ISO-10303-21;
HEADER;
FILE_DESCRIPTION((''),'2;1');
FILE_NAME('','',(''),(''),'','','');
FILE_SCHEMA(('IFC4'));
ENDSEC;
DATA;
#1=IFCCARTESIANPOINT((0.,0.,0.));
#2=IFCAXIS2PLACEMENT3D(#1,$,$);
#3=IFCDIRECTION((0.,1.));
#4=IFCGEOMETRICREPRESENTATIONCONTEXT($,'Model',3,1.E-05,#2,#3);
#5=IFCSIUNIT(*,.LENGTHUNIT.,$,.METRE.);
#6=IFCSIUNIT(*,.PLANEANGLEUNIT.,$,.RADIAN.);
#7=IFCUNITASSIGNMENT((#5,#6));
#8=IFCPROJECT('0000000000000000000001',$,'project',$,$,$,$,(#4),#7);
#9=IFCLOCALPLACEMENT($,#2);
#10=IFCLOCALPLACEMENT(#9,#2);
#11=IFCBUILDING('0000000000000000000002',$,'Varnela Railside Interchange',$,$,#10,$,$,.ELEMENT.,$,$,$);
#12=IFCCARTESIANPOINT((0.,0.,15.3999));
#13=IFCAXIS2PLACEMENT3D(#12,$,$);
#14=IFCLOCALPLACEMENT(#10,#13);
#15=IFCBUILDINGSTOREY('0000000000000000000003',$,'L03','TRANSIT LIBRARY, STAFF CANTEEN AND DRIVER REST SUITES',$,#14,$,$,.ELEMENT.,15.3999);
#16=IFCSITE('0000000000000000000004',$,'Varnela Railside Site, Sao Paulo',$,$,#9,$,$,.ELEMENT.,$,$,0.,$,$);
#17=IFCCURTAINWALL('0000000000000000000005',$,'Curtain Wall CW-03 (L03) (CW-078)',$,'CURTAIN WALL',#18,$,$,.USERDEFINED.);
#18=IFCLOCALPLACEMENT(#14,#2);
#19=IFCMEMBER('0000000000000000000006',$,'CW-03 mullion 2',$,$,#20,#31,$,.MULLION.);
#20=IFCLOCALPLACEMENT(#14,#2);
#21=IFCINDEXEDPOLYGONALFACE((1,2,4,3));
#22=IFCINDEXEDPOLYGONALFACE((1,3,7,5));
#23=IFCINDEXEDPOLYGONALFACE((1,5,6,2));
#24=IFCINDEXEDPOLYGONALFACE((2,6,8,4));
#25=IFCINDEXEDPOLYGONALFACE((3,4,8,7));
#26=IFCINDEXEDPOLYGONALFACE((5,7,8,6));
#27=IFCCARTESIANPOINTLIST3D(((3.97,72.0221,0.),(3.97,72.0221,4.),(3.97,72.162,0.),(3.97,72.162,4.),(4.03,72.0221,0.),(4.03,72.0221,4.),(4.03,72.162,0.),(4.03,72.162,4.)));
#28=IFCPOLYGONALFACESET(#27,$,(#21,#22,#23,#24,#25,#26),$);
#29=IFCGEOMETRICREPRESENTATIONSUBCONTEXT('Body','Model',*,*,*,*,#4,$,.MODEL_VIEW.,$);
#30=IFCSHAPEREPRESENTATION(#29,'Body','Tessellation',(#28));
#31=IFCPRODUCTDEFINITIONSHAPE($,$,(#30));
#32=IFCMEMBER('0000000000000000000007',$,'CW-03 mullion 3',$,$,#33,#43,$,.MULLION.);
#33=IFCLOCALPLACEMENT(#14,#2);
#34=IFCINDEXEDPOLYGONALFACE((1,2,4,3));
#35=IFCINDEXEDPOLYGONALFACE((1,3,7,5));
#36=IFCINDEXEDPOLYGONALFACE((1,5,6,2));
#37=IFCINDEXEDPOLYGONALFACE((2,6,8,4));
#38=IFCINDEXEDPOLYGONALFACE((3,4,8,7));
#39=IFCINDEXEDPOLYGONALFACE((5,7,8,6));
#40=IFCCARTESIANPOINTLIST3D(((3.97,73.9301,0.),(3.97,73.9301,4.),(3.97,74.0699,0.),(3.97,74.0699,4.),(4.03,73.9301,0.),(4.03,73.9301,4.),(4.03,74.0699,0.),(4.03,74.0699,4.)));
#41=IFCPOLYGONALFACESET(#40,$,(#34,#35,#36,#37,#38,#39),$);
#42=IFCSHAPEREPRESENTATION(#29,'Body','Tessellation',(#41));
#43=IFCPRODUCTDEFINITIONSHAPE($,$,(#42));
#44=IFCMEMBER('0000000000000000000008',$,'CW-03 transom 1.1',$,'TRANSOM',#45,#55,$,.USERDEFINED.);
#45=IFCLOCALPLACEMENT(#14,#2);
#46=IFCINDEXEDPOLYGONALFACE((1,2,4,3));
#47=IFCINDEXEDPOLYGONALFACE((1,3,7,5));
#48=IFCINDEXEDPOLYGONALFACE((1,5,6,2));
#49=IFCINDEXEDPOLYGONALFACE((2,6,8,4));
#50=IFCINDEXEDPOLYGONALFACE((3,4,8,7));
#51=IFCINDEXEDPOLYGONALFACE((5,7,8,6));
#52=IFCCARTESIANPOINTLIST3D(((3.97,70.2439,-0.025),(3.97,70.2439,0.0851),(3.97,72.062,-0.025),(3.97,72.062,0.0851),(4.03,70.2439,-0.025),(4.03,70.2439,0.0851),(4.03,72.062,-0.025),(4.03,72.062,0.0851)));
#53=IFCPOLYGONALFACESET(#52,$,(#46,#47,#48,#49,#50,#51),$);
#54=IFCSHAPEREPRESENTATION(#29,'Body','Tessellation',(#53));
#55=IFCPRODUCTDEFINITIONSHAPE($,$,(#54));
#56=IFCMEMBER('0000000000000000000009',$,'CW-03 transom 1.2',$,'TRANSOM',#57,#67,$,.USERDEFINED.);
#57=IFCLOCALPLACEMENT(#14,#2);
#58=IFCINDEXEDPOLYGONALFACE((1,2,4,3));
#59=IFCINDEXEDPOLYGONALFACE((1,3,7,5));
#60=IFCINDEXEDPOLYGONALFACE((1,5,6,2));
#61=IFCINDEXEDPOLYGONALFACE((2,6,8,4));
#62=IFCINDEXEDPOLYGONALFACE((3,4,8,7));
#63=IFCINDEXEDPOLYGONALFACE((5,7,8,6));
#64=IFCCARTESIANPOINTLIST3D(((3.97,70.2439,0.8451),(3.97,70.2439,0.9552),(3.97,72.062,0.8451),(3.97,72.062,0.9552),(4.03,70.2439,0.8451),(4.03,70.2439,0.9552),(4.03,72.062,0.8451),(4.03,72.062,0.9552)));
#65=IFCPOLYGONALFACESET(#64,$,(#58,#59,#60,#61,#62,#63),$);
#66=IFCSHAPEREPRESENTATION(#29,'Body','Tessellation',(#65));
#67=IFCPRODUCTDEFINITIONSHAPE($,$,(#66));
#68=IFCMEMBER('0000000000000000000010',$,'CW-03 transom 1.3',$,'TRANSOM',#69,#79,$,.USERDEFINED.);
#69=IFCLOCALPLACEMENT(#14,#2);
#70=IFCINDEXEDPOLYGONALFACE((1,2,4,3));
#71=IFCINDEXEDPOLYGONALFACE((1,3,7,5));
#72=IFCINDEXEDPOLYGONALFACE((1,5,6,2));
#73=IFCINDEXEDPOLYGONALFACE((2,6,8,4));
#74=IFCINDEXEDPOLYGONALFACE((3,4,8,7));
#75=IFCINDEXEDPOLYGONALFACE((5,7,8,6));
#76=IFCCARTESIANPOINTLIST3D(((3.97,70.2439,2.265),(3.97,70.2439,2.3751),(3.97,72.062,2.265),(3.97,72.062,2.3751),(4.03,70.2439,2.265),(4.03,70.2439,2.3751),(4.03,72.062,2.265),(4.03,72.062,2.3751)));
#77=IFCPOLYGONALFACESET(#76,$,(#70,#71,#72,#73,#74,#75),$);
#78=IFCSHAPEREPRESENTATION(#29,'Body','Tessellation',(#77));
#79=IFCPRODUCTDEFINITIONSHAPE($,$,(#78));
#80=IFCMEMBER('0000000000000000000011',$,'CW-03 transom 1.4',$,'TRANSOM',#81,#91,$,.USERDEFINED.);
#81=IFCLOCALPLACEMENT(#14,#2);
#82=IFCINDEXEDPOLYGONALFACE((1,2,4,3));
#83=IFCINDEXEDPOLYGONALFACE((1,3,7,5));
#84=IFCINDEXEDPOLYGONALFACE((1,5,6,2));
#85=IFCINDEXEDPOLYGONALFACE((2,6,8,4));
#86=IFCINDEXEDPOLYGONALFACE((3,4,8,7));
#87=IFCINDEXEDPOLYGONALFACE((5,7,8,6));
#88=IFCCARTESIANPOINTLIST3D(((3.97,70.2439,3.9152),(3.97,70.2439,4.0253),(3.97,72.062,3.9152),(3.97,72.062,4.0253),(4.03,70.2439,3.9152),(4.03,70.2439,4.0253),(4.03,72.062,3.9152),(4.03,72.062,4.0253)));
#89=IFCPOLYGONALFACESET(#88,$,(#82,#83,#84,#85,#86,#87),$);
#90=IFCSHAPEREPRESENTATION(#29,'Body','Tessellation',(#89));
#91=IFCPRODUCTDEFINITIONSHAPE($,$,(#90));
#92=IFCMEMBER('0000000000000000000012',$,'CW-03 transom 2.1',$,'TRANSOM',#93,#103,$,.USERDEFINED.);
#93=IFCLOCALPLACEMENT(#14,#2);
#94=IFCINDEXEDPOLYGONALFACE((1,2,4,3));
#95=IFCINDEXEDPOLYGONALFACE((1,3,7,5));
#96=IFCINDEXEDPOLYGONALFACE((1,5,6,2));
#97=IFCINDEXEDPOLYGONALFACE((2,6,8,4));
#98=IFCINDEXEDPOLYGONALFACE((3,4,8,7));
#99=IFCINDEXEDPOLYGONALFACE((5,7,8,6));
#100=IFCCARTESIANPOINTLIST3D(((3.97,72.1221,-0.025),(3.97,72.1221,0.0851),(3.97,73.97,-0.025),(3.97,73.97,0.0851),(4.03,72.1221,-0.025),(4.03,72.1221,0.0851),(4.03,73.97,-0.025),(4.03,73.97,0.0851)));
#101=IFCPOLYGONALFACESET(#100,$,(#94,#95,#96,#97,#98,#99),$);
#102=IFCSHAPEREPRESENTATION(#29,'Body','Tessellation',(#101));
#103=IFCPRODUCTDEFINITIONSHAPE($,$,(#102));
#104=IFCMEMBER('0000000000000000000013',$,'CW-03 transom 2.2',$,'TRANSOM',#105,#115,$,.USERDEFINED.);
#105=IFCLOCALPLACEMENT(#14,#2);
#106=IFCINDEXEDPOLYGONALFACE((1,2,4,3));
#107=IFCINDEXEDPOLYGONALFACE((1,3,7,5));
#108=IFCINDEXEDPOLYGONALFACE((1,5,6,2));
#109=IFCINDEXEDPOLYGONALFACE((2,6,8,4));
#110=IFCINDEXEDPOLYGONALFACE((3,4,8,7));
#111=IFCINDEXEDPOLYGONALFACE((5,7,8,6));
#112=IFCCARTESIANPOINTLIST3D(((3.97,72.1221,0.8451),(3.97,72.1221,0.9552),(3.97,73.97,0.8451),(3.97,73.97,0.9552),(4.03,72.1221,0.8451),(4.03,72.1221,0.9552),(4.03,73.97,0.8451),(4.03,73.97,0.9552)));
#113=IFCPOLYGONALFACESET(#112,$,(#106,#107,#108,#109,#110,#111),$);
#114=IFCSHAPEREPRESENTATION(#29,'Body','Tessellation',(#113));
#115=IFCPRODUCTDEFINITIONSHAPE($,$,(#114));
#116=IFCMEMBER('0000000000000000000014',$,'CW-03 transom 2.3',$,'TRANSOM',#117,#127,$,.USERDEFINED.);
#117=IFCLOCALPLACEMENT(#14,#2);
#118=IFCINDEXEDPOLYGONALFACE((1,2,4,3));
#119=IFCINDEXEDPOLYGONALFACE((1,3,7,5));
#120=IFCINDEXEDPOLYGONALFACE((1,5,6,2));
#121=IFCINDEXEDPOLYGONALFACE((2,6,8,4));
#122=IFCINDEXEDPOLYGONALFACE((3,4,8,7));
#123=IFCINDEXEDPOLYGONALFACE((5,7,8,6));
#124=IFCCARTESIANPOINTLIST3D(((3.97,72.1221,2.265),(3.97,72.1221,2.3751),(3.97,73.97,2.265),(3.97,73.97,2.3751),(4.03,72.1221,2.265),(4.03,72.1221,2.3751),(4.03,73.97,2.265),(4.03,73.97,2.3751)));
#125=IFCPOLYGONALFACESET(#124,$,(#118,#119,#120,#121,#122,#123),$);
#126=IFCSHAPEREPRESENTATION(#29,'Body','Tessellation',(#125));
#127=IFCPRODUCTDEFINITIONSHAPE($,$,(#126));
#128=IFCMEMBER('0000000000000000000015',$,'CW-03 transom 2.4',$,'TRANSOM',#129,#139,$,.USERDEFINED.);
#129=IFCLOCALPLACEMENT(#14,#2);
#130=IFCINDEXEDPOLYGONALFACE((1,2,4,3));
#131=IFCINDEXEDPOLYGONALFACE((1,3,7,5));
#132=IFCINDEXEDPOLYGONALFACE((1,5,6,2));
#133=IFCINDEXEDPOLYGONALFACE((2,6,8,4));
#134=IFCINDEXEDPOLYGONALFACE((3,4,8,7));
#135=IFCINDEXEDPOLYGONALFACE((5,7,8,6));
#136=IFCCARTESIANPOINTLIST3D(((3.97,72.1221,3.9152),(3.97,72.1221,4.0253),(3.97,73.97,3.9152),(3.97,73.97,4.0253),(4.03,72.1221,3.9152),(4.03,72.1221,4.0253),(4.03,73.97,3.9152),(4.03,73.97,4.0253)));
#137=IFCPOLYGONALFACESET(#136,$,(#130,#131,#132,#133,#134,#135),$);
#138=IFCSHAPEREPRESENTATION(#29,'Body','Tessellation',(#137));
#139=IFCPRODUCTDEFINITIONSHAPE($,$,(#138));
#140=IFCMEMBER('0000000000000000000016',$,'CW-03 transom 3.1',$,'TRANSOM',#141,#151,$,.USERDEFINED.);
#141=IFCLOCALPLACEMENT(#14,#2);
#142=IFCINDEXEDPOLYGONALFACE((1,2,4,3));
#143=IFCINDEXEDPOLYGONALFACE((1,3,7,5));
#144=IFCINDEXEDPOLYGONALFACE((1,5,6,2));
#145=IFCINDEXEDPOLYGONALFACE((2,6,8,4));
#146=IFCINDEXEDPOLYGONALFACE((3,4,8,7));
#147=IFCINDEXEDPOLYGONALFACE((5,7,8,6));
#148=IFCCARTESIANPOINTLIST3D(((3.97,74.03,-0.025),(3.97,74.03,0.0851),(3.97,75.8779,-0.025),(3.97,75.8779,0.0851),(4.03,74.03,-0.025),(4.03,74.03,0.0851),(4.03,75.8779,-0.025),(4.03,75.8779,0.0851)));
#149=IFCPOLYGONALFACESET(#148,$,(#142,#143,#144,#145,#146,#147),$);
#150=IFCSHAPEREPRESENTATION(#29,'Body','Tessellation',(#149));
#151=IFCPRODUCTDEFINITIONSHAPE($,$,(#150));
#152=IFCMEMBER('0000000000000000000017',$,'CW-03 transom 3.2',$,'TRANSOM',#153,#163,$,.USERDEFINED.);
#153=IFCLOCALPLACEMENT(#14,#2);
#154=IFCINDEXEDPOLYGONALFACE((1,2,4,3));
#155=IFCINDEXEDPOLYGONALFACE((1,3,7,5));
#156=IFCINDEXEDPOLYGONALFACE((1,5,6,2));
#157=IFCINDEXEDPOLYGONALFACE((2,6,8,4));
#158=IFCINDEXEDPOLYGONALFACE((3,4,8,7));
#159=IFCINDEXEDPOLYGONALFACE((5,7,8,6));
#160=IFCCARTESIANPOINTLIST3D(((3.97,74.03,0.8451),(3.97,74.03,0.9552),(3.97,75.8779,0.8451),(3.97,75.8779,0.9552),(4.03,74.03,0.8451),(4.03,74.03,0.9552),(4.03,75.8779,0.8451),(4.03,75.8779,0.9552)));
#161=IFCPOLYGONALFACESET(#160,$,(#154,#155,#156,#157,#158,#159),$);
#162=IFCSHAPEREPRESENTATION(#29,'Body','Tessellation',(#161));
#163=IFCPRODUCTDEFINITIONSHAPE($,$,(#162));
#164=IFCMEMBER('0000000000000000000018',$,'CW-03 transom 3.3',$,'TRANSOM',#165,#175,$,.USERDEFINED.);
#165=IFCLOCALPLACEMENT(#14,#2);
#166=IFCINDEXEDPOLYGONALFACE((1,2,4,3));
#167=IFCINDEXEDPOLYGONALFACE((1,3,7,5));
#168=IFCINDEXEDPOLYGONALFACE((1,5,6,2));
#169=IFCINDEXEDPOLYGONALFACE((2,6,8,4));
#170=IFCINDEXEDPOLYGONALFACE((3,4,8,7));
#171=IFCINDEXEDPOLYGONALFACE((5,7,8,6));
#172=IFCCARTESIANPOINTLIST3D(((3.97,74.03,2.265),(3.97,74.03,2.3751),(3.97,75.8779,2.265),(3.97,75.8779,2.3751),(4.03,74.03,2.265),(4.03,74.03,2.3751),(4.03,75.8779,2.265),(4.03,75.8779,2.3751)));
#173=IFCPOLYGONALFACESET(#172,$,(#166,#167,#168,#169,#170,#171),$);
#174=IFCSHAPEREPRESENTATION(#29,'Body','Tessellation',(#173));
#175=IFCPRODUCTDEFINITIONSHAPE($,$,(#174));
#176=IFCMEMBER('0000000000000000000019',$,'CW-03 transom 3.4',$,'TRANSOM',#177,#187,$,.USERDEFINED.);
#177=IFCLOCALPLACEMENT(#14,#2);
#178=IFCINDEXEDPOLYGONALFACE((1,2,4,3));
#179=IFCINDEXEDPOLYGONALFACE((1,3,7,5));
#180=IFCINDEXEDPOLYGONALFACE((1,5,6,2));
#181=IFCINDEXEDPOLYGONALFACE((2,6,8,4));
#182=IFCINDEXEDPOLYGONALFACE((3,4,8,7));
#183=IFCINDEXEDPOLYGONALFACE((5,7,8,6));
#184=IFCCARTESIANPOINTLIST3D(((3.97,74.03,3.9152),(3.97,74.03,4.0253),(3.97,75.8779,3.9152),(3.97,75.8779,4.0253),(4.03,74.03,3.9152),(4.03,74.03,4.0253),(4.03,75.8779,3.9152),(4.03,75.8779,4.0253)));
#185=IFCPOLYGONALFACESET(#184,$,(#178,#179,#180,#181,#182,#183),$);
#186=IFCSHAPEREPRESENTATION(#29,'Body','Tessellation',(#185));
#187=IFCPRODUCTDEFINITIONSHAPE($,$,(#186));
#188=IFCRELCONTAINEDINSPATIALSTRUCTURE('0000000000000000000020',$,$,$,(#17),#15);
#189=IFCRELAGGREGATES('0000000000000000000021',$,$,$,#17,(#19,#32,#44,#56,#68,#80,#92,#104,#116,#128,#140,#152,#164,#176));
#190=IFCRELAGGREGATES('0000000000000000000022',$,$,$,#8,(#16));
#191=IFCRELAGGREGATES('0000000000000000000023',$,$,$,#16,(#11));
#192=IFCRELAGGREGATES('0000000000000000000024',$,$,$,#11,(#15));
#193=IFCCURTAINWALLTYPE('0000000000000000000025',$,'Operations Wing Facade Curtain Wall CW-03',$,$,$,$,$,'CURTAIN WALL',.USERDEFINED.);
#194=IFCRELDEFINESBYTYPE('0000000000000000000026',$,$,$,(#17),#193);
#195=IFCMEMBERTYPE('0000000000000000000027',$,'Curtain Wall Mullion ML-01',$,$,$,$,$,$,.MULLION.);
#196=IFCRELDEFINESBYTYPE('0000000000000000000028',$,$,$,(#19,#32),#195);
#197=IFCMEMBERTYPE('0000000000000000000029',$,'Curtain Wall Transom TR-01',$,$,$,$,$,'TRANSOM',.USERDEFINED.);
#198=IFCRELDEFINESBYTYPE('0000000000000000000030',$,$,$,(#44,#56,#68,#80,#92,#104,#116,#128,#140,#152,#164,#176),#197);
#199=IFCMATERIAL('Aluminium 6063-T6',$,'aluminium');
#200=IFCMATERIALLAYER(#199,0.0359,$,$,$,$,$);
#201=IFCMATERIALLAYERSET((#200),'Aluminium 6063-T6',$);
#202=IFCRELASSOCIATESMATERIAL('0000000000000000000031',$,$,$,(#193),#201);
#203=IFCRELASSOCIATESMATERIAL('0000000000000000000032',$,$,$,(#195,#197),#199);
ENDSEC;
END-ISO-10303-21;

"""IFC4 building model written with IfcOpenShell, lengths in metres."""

from ifc_helpers import new_model, si_unit, direction, frame, origin, origin_2d, place, context, subcontext, project, spatial, rectangle, extrude, material, layer, layer_set, material_profile, profile_set, type_object, element, aggregate, save


model = new_model("IFC4")

# Units and contexts
model_context = context("Model", 3, precision=1e-05, world=origin(), true_north=direction((0.0, 1.0)))
body_context = subcontext(model_context, "Body", "Model", "MODEL_VIEW")
ifc_project = project(units=[si_unit("LENGTHUNIT", "METRE"), si_unit("PLANEANGLEUNIT", "RADIAN")], contexts=[model_context])

# Site, building, storey
site_placement = place(None, origin())
site = spatial("IfcSite", under=ifc_project, at=site_placement, Name="Varnela Railside Site, Sao Paulo", CompositionType="ELEMENT", RefElevation=0.0)
building_placement = place(site_placement, origin())
building = spatial("IfcBuilding", under=site, at=building_placement, Name="Varnela Railside Interchange", CompositionType="ELEMENT")
storey_placement = place(building_placement, frame((0.0, 0.0, 15.3999)))
storey = spatial("IfcBuildingStorey", under=building, at=storey_placement, Name="L03", Description="TRANSIT LIBRARY, STAFF CANTEEN AND DRIVER REST SUITES", CompositionType="ELEMENT", Elevation=15.3999)

# Curtain wall, members
ifc_material_1 = material(Name="Aluminium 6063-T6", Category="aluminium")
ifc_layer_1 = layer(ifc_material_1, 0.0359)
ifc_layer_set_1 = layer_set([ifc_layer_1], Name="Aluminium 6063-T6")
curtain_wall_type = type_object("IfcCurtainWallType", Name="Operations Wing Facade Curtain Wall CW-03", ElementType="CURTAIN WALL", PredefinedType="USERDEFINED", material=ifc_layer_set_1)
curtain_wall_placement = place(storey_placement, origin())
curtain_wall = element("IfcCurtainWall", 1, at=curtain_wall_placement, inside=storey, type_object=curtain_wall_type, Name="Curtain Wall CW-03 (L03) (CW-078)", ObjectType="CURTAIN WALL", PredefinedType="USERDEFINED")
ifc_material_profile_1 = material_profile(ifc_material_1, rectangle(XDim=0.0601, YDim=0.1399, at=origin_2d()), Name="ALU 60x140")
ifc_profile_set_1 = profile_set([ifc_material_profile_1], Name="Aluminium 6063-T6")
member_type_1 = type_object("IfcMemberType", Name="Curtain Wall Mullion ML-01", PredefinedType="MULLION", material=ifc_profile_set_1)
member_1_placement = place(storey_placement, frame((4.0, 72.092, 0.0), z_axis=(0.0, 0.0, 1.0), x_axis=(-1.0, 0.0, 0.0)))
member_1 = element("IfcMember", 2, at=member_1_placement, type_object=member_type_1, Name="CW-03 mullion 2", PredefinedType="MULLION", context=body_context, shape_type="SweptSolid", body=[
    extrude(rectangle(XDim=0.0601, YDim=0.1399, at=origin_2d()), origin(), (0.0, 0.0, 1.0), 4.0),
])
member_2_placement = place(storey_placement, frame((4.0, 74.0, 0.0), z_axis=(0.0, 0.0, 1.0), x_axis=(-1.0, 0.0, 0.0)))
member_2 = element("IfcMember", 3, at=member_2_placement, type_object=member_type_1, Name="CW-03 mullion 3", PredefinedType="MULLION", context=body_context, shape_type="SweptSolid", body=[
    extrude(rectangle(XDim=0.0601, YDim=0.1399, at=origin_2d()), origin(), (0.0, 0.0, 1.0), 4.0),
])
ifc_material_profile_2 = material_profile(ifc_material_1, rectangle(XDim=0.0601, YDim=0.1101, at=origin_2d()), Name="ALU 60x110")
ifc_profile_set_2 = profile_set([ifc_material_profile_2], Name="Aluminium 6063-T6")
member_type_2 = type_object("IfcMemberType", Name="Curtain Wall Transom TR-01", ElementType="TRANSOM", PredefinedType="USERDEFINED", material=ifc_profile_set_2)
member_3_placement = place(storey_placement, frame((4.0, 70.2439, 0.03), z_axis=(0.0, 1.0, 0.0), x_axis=(-1.0, 0.0, 0.0)))
member_3 = element("IfcMember", 4, at=member_3_placement, type_object=member_type_2, Name="CW-03 transom 1.1", ObjectType="TRANSOM", PredefinedType="USERDEFINED", context=body_context, shape_type="SweptSolid", body=[
    extrude(rectangle(XDim=0.0601, YDim=0.1101, at=origin_2d()), origin(), (0.0, 0.0, 1.0), 1.8181),
])
member_4_placement = place(storey_placement, frame((4.0, 70.2439, 0.9001), z_axis=(0.0, 1.0, 0.0), x_axis=(-1.0, 0.0, 0.0)))
member_4 = element("IfcMember", 5, at=member_4_placement, type_object=member_type_2, Name="CW-03 transom 1.2", ObjectType="TRANSOM", PredefinedType="USERDEFINED", context=body_context, shape_type="SweptSolid", body=[
    extrude(rectangle(XDim=0.0601, YDim=0.1101, at=origin_2d()), origin(), (0.0, 0.0, 1.0), 1.8181),
])
member_5_placement = place(storey_placement, frame((4.0, 70.2439, 2.3201), z_axis=(0.0, 1.0, 0.0), x_axis=(-1.0, 0.0, 0.0)))
member_5 = element("IfcMember", 6, at=member_5_placement, type_object=member_type_2, Name="CW-03 transom 1.3", ObjectType="TRANSOM", PredefinedType="USERDEFINED", context=body_context, shape_type="SweptSolid", body=[
    extrude(rectangle(XDim=0.0601, YDim=0.1101, at=origin_2d()), origin(), (0.0, 0.0, 1.0), 1.8181),
])
member_6_placement = place(storey_placement, frame((4.0, 70.2439, 3.9702), z_axis=(0.0, 1.0, 0.0), x_axis=(-1.0, 0.0, 0.0)))
member_6 = element("IfcMember", 7, at=member_6_placement, type_object=member_type_2, Name="CW-03 transom 1.4", ObjectType="TRANSOM", PredefinedType="USERDEFINED", context=body_context, shape_type="SweptSolid", body=[
    extrude(rectangle(XDim=0.0601, YDim=0.1101, at=origin_2d()), origin(), (0.0, 0.0, 1.0), 1.8181),
])
member_7_placement = place(storey_placement, frame((4.0, 72.1221, 0.03), z_axis=(0.0, 1.0, 0.0), x_axis=(-1.0, 0.0, 0.0)))
member_7 = element("IfcMember", 8, at=member_7_placement, type_object=member_type_2, Name="CW-03 transom 2.1", ObjectType="TRANSOM", PredefinedType="USERDEFINED", context=body_context, shape_type="SweptSolid", body=[
    extrude(rectangle(XDim=0.0601, YDim=0.1101, at=origin_2d()), origin(), (0.0, 0.0, 1.0), 1.8479),
])
member_8_placement = place(storey_placement, frame((4.0, 72.1221, 0.9001), z_axis=(0.0, 1.0, 0.0), x_axis=(-1.0, 0.0, 0.0)))
member_8 = element("IfcMember", 9, at=member_8_placement, type_object=member_type_2, Name="CW-03 transom 2.2", ObjectType="TRANSOM", PredefinedType="USERDEFINED", context=body_context, shape_type="SweptSolid", body=[
    extrude(rectangle(XDim=0.0601, YDim=0.1101, at=origin_2d()), origin(), (0.0, 0.0, 1.0), 1.8479),
])
member_9_placement = place(storey_placement, frame((4.0, 72.1221, 2.3201), z_axis=(0.0, 1.0, 0.0), x_axis=(-1.0, 0.0, 0.0)))
member_9 = element("IfcMember", 10, at=member_9_placement, type_object=member_type_2, Name="CW-03 transom 2.3", ObjectType="TRANSOM", PredefinedType="USERDEFINED", context=body_context, shape_type="SweptSolid", body=[
    extrude(rectangle(XDim=0.0601, YDim=0.1101, at=origin_2d()), origin(), (0.0, 0.0, 1.0), 1.8479),
])
member_10_placement = place(storey_placement, frame((4.0, 72.1221, 3.9702), z_axis=(0.0, 1.0, 0.0), x_axis=(-1.0, 0.0, 0.0)))
member_10 = element("IfcMember", 11, at=member_10_placement, type_object=member_type_2, Name="CW-03 transom 2.4", ObjectType="TRANSOM", PredefinedType="USERDEFINED", context=body_context, shape_type="SweptSolid", body=[
    extrude(rectangle(XDim=0.0601, YDim=0.1101, at=origin_2d()), origin(), (0.0, 0.0, 1.0), 1.8479),
])
member_11_placement = place(storey_placement, frame((4.0, 74.03, 0.03), z_axis=(0.0, 1.0, 0.0), x_axis=(-1.0, 0.0, 0.0)))
member_11 = element("IfcMember", 12, at=member_11_placement, type_object=member_type_2, Name="CW-03 transom 3.1", ObjectType="TRANSOM", PredefinedType="USERDEFINED", context=body_context, shape_type="SweptSolid", body=[
    extrude(rectangle(XDim=0.0601, YDim=0.1101, at=origin_2d()), origin(), (0.0, 0.0, 1.0), 1.8479),
])
member_12_placement = place(storey_placement, frame((4.0, 74.03, 0.9001), z_axis=(0.0, 1.0, 0.0), x_axis=(-1.0, 0.0, 0.0)))
member_12 = element("IfcMember", 13, at=member_12_placement, type_object=member_type_2, Name="CW-03 transom 3.2", ObjectType="TRANSOM", PredefinedType="USERDEFINED", context=body_context, shape_type="SweptSolid", body=[
    extrude(rectangle(XDim=0.0601, YDim=0.1101, at=origin_2d()), origin(), (0.0, 0.0, 1.0), 1.8479),
])
member_13_placement = place(storey_placement, frame((4.0, 74.03, 2.3201), z_axis=(0.0, 1.0, 0.0), x_axis=(-1.0, 0.0, 0.0)))
member_13 = element("IfcMember", 14, at=member_13_placement, type_object=member_type_2, Name="CW-03 transom 3.3", ObjectType="TRANSOM", PredefinedType="USERDEFINED", context=body_context, shape_type="SweptSolid", body=[
    extrude(rectangle(XDim=0.0601, YDim=0.1101, at=origin_2d()), origin(), (0.0, 0.0, 1.0), 1.8479),
])
member_14_placement = place(storey_placement, frame((4.0, 74.03, 3.9702), z_axis=(0.0, 1.0, 0.0), x_axis=(-1.0, 0.0, 0.0)))
member_14 = element("IfcMember", 15, at=member_14_placement, type_object=member_type_2, Name="CW-03 transom 3.4", ObjectType="TRANSOM", PredefinedType="USERDEFINED", context=body_context, shape_type="SweptSolid", body=[
    extrude(rectangle(XDim=0.0601, YDim=0.1101, at=origin_2d()), origin(), (0.0, 0.0, 1.0), 1.8479),
])
aggregate(curtain_wall, [member_1, member_2, member_3, member_4, member_5, member_6, member_7, member_8, member_9, member_10, member_11, member_12, member_13, member_14])

save(model, "model.ifc")
